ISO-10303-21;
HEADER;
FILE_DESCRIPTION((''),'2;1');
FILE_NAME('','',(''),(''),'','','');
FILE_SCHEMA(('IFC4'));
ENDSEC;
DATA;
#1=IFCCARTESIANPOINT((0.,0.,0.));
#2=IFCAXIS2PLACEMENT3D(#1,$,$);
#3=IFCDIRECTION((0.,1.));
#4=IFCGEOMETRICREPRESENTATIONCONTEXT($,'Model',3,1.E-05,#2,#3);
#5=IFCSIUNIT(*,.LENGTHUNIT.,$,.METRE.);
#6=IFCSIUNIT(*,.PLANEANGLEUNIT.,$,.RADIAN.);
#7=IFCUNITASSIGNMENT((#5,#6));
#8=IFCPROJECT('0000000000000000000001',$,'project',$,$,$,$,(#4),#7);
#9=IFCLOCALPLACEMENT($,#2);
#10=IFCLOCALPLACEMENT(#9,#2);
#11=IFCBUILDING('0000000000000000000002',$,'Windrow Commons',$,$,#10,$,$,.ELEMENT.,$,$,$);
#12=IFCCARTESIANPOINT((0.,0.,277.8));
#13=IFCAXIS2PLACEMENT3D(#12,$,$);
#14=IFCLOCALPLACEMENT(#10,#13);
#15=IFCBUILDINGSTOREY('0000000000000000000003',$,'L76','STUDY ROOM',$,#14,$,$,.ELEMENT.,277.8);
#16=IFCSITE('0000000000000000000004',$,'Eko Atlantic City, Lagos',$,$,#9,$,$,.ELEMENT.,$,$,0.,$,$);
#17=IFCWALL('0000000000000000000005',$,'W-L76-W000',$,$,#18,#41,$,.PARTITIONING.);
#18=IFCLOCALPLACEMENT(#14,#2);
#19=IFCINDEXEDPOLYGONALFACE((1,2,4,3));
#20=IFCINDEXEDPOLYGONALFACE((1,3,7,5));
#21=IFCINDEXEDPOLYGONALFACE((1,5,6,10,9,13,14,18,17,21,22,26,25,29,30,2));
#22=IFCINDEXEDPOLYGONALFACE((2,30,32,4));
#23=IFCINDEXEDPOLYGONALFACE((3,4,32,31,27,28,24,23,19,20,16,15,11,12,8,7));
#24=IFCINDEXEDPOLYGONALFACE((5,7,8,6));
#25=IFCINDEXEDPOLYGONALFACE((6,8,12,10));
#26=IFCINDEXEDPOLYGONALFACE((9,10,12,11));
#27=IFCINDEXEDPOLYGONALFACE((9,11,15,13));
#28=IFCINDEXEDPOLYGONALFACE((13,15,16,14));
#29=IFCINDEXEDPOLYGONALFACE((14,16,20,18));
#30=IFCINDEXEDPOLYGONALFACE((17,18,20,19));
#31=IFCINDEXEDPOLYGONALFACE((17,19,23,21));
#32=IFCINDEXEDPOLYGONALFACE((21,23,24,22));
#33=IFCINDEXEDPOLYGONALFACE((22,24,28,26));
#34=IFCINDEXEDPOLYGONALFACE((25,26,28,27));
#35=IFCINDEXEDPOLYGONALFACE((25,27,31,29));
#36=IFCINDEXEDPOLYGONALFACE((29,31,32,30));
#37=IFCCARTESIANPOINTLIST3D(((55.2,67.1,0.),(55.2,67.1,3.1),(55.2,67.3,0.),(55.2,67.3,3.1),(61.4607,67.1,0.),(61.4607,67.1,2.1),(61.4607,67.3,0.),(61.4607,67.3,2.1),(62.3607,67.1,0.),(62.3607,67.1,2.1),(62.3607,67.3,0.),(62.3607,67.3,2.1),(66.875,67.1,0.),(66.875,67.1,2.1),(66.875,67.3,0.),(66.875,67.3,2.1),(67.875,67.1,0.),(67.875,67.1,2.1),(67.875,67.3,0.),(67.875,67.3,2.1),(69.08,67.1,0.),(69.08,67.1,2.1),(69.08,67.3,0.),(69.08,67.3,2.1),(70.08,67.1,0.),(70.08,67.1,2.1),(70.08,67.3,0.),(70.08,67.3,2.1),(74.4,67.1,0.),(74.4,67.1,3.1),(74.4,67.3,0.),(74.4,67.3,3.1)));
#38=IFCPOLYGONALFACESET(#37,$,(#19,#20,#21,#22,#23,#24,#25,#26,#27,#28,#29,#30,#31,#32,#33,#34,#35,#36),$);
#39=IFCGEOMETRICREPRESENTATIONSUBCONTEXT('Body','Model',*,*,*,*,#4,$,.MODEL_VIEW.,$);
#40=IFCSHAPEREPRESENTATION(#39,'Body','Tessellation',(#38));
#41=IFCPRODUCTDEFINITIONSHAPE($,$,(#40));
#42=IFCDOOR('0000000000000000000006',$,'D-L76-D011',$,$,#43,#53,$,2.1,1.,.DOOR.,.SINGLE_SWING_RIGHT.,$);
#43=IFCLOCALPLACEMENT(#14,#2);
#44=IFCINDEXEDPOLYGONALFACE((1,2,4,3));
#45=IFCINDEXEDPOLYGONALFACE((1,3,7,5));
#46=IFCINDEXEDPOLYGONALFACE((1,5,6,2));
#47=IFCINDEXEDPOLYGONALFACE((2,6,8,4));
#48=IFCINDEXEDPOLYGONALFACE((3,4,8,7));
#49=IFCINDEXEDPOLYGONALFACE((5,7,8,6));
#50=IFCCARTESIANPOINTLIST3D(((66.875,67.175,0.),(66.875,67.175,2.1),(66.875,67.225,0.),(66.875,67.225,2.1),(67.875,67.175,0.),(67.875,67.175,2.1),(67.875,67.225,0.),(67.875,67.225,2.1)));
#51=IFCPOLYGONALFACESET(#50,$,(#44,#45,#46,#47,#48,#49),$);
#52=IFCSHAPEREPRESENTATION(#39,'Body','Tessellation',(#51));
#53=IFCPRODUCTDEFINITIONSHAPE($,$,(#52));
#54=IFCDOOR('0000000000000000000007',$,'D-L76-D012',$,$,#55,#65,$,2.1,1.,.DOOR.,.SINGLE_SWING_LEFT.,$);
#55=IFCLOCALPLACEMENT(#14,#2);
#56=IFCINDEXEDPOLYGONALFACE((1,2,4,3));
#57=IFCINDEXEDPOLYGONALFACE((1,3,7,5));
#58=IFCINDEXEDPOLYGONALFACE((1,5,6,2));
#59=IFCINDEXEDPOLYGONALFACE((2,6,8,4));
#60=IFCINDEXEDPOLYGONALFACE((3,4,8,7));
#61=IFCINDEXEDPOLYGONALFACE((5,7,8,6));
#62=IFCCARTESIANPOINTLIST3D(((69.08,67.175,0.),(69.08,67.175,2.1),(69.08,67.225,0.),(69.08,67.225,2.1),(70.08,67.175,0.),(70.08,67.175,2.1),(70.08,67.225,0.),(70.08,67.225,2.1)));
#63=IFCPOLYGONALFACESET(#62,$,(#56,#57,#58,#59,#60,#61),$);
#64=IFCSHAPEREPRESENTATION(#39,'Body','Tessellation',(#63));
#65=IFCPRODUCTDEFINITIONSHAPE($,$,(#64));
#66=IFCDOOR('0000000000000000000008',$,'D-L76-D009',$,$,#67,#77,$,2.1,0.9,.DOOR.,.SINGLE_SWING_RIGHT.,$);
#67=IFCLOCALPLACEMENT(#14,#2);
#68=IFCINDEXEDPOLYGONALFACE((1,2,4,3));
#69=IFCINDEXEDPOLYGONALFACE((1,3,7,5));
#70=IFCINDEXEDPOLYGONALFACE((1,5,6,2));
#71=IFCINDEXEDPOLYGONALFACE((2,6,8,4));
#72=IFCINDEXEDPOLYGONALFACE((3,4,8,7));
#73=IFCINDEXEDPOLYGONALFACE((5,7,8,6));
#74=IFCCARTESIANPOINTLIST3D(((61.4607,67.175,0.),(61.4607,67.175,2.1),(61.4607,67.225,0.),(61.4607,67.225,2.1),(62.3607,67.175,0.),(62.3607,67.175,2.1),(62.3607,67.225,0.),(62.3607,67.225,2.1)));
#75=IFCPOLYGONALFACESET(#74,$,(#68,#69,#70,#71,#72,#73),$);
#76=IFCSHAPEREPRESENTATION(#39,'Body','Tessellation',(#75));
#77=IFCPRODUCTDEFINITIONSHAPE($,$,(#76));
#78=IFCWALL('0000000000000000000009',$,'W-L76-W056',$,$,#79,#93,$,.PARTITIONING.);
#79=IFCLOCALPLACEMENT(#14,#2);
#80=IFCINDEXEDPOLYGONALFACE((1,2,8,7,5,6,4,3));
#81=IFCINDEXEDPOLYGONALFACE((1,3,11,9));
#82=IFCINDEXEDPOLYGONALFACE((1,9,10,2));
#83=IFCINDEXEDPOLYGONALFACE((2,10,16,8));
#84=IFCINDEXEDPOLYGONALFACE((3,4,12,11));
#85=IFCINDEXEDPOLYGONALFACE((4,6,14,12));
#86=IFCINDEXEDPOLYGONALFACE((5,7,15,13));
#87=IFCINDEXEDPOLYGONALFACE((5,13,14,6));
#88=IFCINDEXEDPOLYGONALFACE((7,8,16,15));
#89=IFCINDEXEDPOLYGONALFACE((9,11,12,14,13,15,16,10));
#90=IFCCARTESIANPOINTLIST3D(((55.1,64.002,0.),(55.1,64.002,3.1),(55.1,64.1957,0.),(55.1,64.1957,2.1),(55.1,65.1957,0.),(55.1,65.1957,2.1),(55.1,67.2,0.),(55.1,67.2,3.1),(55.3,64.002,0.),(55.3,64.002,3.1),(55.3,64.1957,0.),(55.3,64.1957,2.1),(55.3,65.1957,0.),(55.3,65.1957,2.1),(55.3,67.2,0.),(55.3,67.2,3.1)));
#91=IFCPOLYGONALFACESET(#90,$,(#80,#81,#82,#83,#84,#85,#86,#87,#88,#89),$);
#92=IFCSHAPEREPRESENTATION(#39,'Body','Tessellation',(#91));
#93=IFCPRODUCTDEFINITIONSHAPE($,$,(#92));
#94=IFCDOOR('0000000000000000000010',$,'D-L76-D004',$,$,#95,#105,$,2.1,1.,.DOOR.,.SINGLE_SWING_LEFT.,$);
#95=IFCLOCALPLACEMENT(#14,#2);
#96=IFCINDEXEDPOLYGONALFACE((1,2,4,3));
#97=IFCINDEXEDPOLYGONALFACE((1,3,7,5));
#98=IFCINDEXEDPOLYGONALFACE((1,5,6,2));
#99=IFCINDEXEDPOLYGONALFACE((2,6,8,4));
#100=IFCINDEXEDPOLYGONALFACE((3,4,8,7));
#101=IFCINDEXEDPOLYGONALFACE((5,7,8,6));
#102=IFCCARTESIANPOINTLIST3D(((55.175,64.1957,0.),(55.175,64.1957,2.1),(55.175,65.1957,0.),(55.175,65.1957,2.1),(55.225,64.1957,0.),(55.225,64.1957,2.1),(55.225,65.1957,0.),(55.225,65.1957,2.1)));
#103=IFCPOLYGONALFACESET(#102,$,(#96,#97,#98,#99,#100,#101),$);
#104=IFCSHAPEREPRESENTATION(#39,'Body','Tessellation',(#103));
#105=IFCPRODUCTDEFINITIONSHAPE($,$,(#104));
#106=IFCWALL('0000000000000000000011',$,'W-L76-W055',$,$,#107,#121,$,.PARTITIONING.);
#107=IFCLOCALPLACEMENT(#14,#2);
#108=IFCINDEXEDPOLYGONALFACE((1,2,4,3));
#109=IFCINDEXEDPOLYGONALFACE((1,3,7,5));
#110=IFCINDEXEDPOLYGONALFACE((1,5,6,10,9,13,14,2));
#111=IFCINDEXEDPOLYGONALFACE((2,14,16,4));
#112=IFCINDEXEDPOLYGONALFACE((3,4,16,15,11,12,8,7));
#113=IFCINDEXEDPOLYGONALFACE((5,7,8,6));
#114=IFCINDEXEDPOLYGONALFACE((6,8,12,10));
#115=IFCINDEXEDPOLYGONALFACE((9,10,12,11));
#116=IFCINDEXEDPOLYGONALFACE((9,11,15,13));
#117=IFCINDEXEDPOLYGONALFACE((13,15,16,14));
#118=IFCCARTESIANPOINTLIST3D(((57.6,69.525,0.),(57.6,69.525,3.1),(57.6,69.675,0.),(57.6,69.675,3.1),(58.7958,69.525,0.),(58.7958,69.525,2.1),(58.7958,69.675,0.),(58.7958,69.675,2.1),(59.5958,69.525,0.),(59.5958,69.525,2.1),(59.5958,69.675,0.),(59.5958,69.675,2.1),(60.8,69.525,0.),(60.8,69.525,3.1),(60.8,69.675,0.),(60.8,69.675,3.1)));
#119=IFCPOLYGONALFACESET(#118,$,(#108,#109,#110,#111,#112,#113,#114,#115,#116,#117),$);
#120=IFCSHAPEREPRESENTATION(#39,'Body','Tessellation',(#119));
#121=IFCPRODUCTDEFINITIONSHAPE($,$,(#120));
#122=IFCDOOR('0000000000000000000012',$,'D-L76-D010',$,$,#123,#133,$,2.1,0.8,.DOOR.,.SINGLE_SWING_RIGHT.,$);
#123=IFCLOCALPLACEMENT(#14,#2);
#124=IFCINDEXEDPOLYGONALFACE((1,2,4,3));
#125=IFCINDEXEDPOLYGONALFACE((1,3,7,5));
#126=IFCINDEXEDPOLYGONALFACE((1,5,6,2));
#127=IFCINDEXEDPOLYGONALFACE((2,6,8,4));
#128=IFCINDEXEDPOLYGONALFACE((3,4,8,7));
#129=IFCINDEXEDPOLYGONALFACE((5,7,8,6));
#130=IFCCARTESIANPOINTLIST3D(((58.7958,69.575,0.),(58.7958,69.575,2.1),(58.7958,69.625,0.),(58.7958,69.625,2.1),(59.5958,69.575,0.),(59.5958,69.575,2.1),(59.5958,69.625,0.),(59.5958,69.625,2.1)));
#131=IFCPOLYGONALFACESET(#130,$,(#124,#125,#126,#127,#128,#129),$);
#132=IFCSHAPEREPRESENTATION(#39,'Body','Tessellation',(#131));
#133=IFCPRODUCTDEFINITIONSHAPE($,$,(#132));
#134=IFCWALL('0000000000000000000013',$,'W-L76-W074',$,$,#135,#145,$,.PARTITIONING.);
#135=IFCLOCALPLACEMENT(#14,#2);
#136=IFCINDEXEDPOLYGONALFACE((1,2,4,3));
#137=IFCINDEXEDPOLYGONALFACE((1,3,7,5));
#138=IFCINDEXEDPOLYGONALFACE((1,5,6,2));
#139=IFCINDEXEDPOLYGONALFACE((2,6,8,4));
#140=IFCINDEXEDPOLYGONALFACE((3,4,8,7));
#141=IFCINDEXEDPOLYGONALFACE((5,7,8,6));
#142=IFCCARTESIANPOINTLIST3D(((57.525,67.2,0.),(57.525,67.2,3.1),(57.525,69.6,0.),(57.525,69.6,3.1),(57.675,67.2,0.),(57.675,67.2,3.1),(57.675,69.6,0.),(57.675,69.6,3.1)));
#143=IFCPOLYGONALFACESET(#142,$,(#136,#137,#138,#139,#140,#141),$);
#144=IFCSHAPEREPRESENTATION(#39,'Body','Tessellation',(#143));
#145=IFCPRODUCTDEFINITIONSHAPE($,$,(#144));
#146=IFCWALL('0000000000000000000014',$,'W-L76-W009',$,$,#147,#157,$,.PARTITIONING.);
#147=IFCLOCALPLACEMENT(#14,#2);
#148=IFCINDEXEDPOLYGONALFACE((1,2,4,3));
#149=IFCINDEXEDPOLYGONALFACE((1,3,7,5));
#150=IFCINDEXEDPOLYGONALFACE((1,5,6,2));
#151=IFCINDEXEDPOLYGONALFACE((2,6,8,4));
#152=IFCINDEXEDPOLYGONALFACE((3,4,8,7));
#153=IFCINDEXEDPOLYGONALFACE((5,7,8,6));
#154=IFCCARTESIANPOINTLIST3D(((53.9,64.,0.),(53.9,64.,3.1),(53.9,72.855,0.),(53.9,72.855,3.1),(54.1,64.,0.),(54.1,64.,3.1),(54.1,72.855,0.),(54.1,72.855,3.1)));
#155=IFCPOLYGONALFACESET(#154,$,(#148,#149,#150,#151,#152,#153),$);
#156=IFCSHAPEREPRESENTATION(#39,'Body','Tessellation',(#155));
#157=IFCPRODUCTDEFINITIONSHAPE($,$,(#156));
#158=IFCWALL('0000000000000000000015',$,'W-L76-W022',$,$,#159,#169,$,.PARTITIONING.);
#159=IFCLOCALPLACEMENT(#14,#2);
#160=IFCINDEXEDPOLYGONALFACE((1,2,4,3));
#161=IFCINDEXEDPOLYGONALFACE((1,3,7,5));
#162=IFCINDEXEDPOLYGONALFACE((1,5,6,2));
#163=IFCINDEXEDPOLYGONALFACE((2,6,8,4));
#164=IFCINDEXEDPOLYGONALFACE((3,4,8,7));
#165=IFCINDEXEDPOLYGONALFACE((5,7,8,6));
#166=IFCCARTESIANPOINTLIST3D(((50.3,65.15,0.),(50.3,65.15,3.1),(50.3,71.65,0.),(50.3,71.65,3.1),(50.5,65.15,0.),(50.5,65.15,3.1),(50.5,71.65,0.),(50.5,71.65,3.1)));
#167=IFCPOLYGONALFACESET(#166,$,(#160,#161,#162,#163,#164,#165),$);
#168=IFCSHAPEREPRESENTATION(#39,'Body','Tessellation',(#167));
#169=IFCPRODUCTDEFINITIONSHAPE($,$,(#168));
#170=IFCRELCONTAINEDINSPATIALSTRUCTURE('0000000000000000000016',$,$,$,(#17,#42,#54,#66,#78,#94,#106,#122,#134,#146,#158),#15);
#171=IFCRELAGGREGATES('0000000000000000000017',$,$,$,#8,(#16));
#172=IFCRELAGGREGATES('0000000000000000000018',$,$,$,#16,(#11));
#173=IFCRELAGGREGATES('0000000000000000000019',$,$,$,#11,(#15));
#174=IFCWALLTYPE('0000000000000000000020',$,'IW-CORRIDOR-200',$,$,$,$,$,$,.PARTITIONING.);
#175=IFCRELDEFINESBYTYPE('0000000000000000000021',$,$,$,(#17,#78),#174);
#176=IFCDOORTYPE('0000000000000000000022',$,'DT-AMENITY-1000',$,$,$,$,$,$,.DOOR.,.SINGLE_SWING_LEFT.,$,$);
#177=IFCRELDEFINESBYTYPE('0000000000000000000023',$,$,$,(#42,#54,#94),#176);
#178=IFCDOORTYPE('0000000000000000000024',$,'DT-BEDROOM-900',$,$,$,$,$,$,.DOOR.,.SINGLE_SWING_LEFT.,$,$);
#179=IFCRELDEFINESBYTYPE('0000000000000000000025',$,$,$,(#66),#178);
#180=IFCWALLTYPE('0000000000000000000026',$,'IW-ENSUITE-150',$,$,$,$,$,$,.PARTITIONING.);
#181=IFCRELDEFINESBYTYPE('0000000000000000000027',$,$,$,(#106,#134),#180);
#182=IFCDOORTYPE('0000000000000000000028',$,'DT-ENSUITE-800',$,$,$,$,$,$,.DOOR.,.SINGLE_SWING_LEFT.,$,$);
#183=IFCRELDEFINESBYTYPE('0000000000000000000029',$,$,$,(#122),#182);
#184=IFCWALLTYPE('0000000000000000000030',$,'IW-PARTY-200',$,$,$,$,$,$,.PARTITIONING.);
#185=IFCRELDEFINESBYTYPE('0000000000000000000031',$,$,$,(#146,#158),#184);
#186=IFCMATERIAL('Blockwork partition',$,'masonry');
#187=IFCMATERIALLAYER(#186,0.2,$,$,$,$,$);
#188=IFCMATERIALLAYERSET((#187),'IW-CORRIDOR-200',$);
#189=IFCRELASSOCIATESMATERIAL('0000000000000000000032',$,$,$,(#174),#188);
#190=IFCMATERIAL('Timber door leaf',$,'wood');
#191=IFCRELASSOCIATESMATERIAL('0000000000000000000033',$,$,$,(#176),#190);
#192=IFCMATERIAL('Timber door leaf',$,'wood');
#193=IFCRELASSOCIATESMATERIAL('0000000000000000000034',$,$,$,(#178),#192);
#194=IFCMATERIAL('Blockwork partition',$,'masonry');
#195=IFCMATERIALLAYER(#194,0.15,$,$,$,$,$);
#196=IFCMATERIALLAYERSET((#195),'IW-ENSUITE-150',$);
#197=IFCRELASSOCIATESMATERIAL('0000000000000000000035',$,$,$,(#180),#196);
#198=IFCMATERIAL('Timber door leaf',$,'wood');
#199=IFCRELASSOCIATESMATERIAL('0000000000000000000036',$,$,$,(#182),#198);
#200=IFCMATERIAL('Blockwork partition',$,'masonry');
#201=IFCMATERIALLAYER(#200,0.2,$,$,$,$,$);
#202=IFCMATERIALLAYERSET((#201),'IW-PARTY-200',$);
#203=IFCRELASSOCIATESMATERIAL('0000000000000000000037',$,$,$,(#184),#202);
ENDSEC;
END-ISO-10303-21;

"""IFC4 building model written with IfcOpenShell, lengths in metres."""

from ifc_helpers import new_model, si_unit, direction, frame, frame_2d, origin, place, context, subcontext, project, spatial, rectangle, extrude, material, layer, layer_set, type_object, element, fill, save


model = new_model("IFC4")

# Units and contexts
model_context = context("Model", 3, precision=1e-05, world=origin(), true_north=direction((0.0, 1.0)))
body_context = subcontext(model_context, "Body", "Model", "MODEL_VIEW")
ifc_project = project(units=[si_unit("LENGTHUNIT", "METRE"), si_unit("PLANEANGLEUNIT", "RADIAN")], contexts=[model_context])

# Site, building, storey
site_placement = place(None, origin())
site = spatial("IfcSite", under=ifc_project, at=site_placement, Name="Eko Atlantic City, Lagos", CompositionType="ELEMENT", RefElevation=0.0)
building_placement = place(site_placement, origin())
building = spatial("IfcBuilding", under=site, at=building_placement, Name="Windrow Commons", CompositionType="ELEMENT")
storey_placement = place(building_placement, frame((0.0, 0.0, 277.8)))
storey = spatial("IfcBuildingStorey", under=building, at=storey_placement, Name="L76", Description="STUDY ROOM", CompositionType="ELEMENT", Elevation=277.8)

# Wall, openings, doors
ifc_material_1 = material(Name="Blockwork partition", Category="masonry")
ifc_layer_1 = layer(ifc_material_1, 0.2)
ifc_layer_set_1 = layer_set([ifc_layer_1], Name="IW-CORRIDOR-200")
wall_type_1 = type_object("IfcWallType", Name="IW-CORRIDOR-200", PredefinedType="PARTITIONING", material=ifc_layer_set_1)
wall_1_placement = place(storey_placement, frame((55.2, 67.2, 0.0), z_axis=(0.0, 0.0, 1.0), x_axis=(1.0, 0.0, 0.0)))
wall_1 = element("IfcWall", 1, at=wall_1_placement, inside=storey, type_object=wall_type_1, Name="W-L76-W000", PredefinedType="PARTITIONING", context=body_context, shape_type="SweptSolid", body=[
    extrude(rectangle(XDim=19.2, YDim=0.2, at=frame_2d((9.6, 0.0))), origin(), (0.0, 0.0, 1.0), 3.1),
])
opening_1_placement = place(wall_1_placement, frame((6.2607, 0.0, 0.0)))
opening_1 = element("IfcOpeningElement", 2, at=opening_1_placement, cuts=wall_1, PredefinedType="OPENING", context=body_context, shape_type="SweptSolid", body=[
    extrude(rectangle(XDim=0.9, YDim=2.1, at=frame_2d((0.45, 1.05))), frame((0.0, 0.11, 0.0), z_axis=(0.0, -1.0, 0.0), x_axis=(1.0, 0.0, 0.0)), (0.0, 0.0, 1.0), 0.22),
])
opening_2_placement = place(wall_1_placement, frame((11.675, 0.0, 0.0)))
opening_2 = element("IfcOpeningElement", 3, at=opening_2_placement, cuts=wall_1, PredefinedType="OPENING", context=body_context, shape_type="SweptSolid", body=[
    extrude(rectangle(XDim=1.0, YDim=2.1, at=frame_2d((0.5, 1.05))), frame((0.0, 0.11, 0.0), z_axis=(0.0, -1.0, 0.0), x_axis=(1.0, 0.0, 0.0)), (0.0, 0.0, 1.0), 0.22),
])
opening_3_placement = place(wall_1_placement, frame((13.88, 0.0, 0.0)))
opening_3 = element("IfcOpeningElement", 4, at=opening_3_placement, cuts=wall_1, PredefinedType="OPENING", context=body_context, shape_type="SweptSolid", body=[
    extrude(rectangle(XDim=1.0, YDim=2.1, at=frame_2d((0.5, 1.05))), frame((0.0, 0.11, 0.0), z_axis=(0.0, -1.0, 0.0), x_axis=(1.0, 0.0, 0.0)), (0.0, 0.0, 1.0), 0.22),
])
ifc_material_2 = material(Name="Timber door leaf", Category="wood")
door_type_1 = type_object("IfcDoorType", Name="DT-AMENITY-1000", OperationType="SINGLE_SWING_LEFT", PredefinedType="DOOR", material=ifc_material_2)
door_1_placement = place(opening_2_placement, origin())
door_1 = element("IfcDoor", 5, at=door_1_placement, inside=storey, type_object=door_type_1, Name="D-L76-D011", OperationType="SINGLE_SWING_RIGHT", OverallHeight=2.1, OverallWidth=1.0, PredefinedType="DOOR", context=body_context, shape_type="SweptSolid", body=[
    extrude(rectangle(XDim=1.0, YDim=2.1, at=frame_2d((0.5, 1.05))), frame((0.0, 0.025, 0.0), z_axis=(0.0, -1.0, 0.0), x_axis=(1.0, 0.0, 0.0)), (0.0, 0.0, 1.0), 0.05),
])
fill(opening_2, door_1)
door_2_placement = place(opening_3_placement, origin())
door_2 = element("IfcDoor", 6, at=door_2_placement, inside=storey, type_object=door_type_1, Name="D-L76-D012", OperationType="SINGLE_SWING_LEFT", OverallHeight=2.1, OverallWidth=1.0, PredefinedType="DOOR", context=body_context, shape_type="SweptSolid", body=[
    extrude(rectangle(XDim=1.0, YDim=2.1, at=frame_2d((0.5, 1.05))), frame((0.0, 0.025, 0.0), z_axis=(0.0, -1.0, 0.0), x_axis=(1.0, 0.0, 0.0)), (0.0, 0.0, 1.0), 0.05),
])
fill(opening_3, door_2)
ifc_material_3 = material(Name="Timber door leaf", Category="wood")
door_type_2 = type_object("IfcDoorType", Name="DT-BEDROOM-900", OperationType="SINGLE_SWING_LEFT", PredefinedType="DOOR", material=ifc_material_3)
door_3_placement = place(opening_1_placement, origin())
door_3 = element("IfcDoor", 7, at=door_3_placement, inside=storey, type_object=door_type_2, Name="D-L76-D009", OperationType="SINGLE_SWING_RIGHT", OverallHeight=2.1, OverallWidth=0.9, PredefinedType="DOOR", context=body_context, shape_type="SweptSolid", body=[
    extrude(rectangle(XDim=0.9, YDim=2.1, at=frame_2d((0.45, 1.05))), frame((0.0, 0.025, 0.0), z_axis=(0.0, -1.0, 0.0), x_axis=(1.0, 0.0, 0.0)), (0.0, 0.0, 1.0), 0.05),
])
fill(opening_1, door_3)

# Walls, openings, doors
wall_2_placement = place(storey_placement, frame((55.2, 64.002, 0.0), z_axis=(0.0, 0.0, 1.0), x_axis=(0.0, 1.0, 0.0)))
wall_2 = element("IfcWall", 8, at=wall_2_placement, inside=storey, type_object=wall_type_1, Name="W-L76-W056", PredefinedType="PARTITIONING", context=body_context, shape_type="SweptSolid", body=[
    extrude(rectangle(XDim=3.198, YDim=0.2, at=frame_2d((1.599, 0.0))), origin(), (0.0, 0.0, 1.0), 3.1),
])
opening_4_placement = place(wall_2_placement, frame((0.1937, 0.0, 0.0)))
opening_4 = element("IfcOpeningElement", 9, at=opening_4_placement, cuts=wall_2, PredefinedType="OPENING", context=body_context, shape_type="SweptSolid", body=[
    extrude(rectangle(XDim=1.0, YDim=2.1, at=frame_2d((0.5, 1.05))), frame((0.0, 0.11, 0.0), z_axis=(0.0, -1.0, 0.0), x_axis=(1.0, 0.0, 0.0)), (0.0, 0.0, 1.0), 0.22),
])
door_4_placement = place(opening_4_placement, origin())
door_4 = element("IfcDoor", 10, at=door_4_placement, inside=storey, type_object=door_type_1, Name="D-L76-D004", OperationType="SINGLE_SWING_LEFT", OverallHeight=2.1, OverallWidth=1.0, PredefinedType="DOOR", context=body_context, shape_type="SweptSolid", body=[
    extrude(rectangle(XDim=1.0, YDim=2.1, at=frame_2d((0.5, 1.05))), frame((0.0, 0.025, 0.0), z_axis=(0.0, -1.0, 0.0), x_axis=(1.0, 0.0, 0.0)), (0.0, 0.0, 1.0), 0.05),
])
fill(opening_4, door_4)
ifc_material_4 = material(Name="Blockwork partition", Category="masonry")
ifc_layer_2 = layer(ifc_material_4, 0.15)
ifc_layer_set_2 = layer_set([ifc_layer_2], Name="IW-ENSUITE-150")
wall_type_2 = type_object("IfcWallType", Name="IW-ENSUITE-150", PredefinedType="PARTITIONING", material=ifc_layer_set_2)
wall_3_placement = place(storey_placement, frame((57.6, 69.6, 0.0), z_axis=(0.0, 0.0, 1.0), x_axis=(1.0, 0.0, 0.0)))
wall_3 = element("IfcWall", 11, at=wall_3_placement, inside=storey, type_object=wall_type_2, Name="W-L76-W055", PredefinedType="PARTITIONING", context=body_context, shape_type="SweptSolid", body=[
    extrude(rectangle(XDim=3.2, YDim=0.15, at=frame_2d((1.6, 0.0))), origin(), (0.0, 0.0, 1.0), 3.1),
])
opening_5_placement = place(wall_3_placement, frame((1.1958, 0.0, 0.0)))
opening_5 = element("IfcOpeningElement", 12, at=opening_5_placement, cuts=wall_3, PredefinedType="OPENING", context=body_context, shape_type="SweptSolid", body=[
    extrude(rectangle(XDim=0.8, YDim=2.1, at=frame_2d((0.4, 1.05))), frame((0.0, 0.085, 0.0), z_axis=(0.0, -1.0, 0.0), x_axis=(1.0, 0.0, 0.0)), (0.0, 0.0, 1.0), 0.17),
])
ifc_material_5 = material(Name="Timber door leaf", Category="wood")
door_type_3 = type_object("IfcDoorType", Name="DT-ENSUITE-800", OperationType="SINGLE_SWING_LEFT", PredefinedType="DOOR", material=ifc_material_5)
door_5_placement = place(opening_5_placement, origin())
door_5 = element("IfcDoor", 13, at=door_5_placement, inside=storey, type_object=door_type_3, Name="D-L76-D010", OperationType="SINGLE_SWING_RIGHT", OverallHeight=2.1, OverallWidth=0.8, PredefinedType="DOOR", context=body_context, shape_type="SweptSolid", body=[
    extrude(rectangle(XDim=0.8, YDim=2.1, at=frame_2d((0.4, 1.05))), frame((0.0, 0.025, 0.0), z_axis=(0.0, -1.0, 0.0), x_axis=(1.0, 0.0, 0.0)), (0.0, 0.0, 1.0), 0.05),
])
fill(opening_5, door_5)

# Walls
wall_4_placement = place(storey_placement, frame((57.6, 67.2, 0.0), z_axis=(0.0, 0.0, 1.0), x_axis=(0.0, 1.0, 0.0)))
element("IfcWall", 14, at=wall_4_placement, inside=storey, type_object=wall_type_2, Name="W-L76-W074", PredefinedType="PARTITIONING", context=body_context, shape_type="SweptSolid", body=[
    extrude(rectangle(XDim=2.4, YDim=0.15, at=frame_2d((1.2, 0.0))), origin(), (0.0, 0.0, 1.0), 3.1),
])
ifc_material_6 = material(Name="Blockwork partition", Category="masonry")
ifc_layer_3 = layer(ifc_material_6, 0.2)
ifc_layer_set_3 = layer_set([ifc_layer_3], Name="IW-PARTY-200")
wall_type_3 = type_object("IfcWallType", Name="IW-PARTY-200", PredefinedType="PARTITIONING", material=ifc_layer_set_3)
wall_5_placement = place(storey_placement, frame((54.0, 64.0, 0.0), z_axis=(0.0, 0.0, 1.0), x_axis=(0.0, 1.0, 0.0)))
element("IfcWall", 15, at=wall_5_placement, inside=storey, type_object=wall_type_3, Name="W-L76-W009", PredefinedType="PARTITIONING", context=body_context, shape_type="SweptSolid", body=[
    extrude(rectangle(XDim=8.8549, YDim=0.2, at=frame_2d((4.4275, 0.0))), origin(), (0.0, 0.0, 1.0), 3.1),
])
wall_6_placement = place(storey_placement, frame((50.4, 65.15, 0.0), z_axis=(0.0, 0.0, 1.0), x_axis=(0.0, 1.0, 0.0)))
element("IfcWall", 16, at=wall_6_placement, inside=storey, type_object=wall_type_3, Name="W-L76-W022", PredefinedType="PARTITIONING", context=body_context, shape_type="SweptSolid", body=[
    extrude(rectangle(XDim=6.5, YDim=0.2, at=frame_2d((3.25, 0.0))), origin(), (0.0, 0.0, 1.0), 3.1),
])

save(model, "model.ifc")
